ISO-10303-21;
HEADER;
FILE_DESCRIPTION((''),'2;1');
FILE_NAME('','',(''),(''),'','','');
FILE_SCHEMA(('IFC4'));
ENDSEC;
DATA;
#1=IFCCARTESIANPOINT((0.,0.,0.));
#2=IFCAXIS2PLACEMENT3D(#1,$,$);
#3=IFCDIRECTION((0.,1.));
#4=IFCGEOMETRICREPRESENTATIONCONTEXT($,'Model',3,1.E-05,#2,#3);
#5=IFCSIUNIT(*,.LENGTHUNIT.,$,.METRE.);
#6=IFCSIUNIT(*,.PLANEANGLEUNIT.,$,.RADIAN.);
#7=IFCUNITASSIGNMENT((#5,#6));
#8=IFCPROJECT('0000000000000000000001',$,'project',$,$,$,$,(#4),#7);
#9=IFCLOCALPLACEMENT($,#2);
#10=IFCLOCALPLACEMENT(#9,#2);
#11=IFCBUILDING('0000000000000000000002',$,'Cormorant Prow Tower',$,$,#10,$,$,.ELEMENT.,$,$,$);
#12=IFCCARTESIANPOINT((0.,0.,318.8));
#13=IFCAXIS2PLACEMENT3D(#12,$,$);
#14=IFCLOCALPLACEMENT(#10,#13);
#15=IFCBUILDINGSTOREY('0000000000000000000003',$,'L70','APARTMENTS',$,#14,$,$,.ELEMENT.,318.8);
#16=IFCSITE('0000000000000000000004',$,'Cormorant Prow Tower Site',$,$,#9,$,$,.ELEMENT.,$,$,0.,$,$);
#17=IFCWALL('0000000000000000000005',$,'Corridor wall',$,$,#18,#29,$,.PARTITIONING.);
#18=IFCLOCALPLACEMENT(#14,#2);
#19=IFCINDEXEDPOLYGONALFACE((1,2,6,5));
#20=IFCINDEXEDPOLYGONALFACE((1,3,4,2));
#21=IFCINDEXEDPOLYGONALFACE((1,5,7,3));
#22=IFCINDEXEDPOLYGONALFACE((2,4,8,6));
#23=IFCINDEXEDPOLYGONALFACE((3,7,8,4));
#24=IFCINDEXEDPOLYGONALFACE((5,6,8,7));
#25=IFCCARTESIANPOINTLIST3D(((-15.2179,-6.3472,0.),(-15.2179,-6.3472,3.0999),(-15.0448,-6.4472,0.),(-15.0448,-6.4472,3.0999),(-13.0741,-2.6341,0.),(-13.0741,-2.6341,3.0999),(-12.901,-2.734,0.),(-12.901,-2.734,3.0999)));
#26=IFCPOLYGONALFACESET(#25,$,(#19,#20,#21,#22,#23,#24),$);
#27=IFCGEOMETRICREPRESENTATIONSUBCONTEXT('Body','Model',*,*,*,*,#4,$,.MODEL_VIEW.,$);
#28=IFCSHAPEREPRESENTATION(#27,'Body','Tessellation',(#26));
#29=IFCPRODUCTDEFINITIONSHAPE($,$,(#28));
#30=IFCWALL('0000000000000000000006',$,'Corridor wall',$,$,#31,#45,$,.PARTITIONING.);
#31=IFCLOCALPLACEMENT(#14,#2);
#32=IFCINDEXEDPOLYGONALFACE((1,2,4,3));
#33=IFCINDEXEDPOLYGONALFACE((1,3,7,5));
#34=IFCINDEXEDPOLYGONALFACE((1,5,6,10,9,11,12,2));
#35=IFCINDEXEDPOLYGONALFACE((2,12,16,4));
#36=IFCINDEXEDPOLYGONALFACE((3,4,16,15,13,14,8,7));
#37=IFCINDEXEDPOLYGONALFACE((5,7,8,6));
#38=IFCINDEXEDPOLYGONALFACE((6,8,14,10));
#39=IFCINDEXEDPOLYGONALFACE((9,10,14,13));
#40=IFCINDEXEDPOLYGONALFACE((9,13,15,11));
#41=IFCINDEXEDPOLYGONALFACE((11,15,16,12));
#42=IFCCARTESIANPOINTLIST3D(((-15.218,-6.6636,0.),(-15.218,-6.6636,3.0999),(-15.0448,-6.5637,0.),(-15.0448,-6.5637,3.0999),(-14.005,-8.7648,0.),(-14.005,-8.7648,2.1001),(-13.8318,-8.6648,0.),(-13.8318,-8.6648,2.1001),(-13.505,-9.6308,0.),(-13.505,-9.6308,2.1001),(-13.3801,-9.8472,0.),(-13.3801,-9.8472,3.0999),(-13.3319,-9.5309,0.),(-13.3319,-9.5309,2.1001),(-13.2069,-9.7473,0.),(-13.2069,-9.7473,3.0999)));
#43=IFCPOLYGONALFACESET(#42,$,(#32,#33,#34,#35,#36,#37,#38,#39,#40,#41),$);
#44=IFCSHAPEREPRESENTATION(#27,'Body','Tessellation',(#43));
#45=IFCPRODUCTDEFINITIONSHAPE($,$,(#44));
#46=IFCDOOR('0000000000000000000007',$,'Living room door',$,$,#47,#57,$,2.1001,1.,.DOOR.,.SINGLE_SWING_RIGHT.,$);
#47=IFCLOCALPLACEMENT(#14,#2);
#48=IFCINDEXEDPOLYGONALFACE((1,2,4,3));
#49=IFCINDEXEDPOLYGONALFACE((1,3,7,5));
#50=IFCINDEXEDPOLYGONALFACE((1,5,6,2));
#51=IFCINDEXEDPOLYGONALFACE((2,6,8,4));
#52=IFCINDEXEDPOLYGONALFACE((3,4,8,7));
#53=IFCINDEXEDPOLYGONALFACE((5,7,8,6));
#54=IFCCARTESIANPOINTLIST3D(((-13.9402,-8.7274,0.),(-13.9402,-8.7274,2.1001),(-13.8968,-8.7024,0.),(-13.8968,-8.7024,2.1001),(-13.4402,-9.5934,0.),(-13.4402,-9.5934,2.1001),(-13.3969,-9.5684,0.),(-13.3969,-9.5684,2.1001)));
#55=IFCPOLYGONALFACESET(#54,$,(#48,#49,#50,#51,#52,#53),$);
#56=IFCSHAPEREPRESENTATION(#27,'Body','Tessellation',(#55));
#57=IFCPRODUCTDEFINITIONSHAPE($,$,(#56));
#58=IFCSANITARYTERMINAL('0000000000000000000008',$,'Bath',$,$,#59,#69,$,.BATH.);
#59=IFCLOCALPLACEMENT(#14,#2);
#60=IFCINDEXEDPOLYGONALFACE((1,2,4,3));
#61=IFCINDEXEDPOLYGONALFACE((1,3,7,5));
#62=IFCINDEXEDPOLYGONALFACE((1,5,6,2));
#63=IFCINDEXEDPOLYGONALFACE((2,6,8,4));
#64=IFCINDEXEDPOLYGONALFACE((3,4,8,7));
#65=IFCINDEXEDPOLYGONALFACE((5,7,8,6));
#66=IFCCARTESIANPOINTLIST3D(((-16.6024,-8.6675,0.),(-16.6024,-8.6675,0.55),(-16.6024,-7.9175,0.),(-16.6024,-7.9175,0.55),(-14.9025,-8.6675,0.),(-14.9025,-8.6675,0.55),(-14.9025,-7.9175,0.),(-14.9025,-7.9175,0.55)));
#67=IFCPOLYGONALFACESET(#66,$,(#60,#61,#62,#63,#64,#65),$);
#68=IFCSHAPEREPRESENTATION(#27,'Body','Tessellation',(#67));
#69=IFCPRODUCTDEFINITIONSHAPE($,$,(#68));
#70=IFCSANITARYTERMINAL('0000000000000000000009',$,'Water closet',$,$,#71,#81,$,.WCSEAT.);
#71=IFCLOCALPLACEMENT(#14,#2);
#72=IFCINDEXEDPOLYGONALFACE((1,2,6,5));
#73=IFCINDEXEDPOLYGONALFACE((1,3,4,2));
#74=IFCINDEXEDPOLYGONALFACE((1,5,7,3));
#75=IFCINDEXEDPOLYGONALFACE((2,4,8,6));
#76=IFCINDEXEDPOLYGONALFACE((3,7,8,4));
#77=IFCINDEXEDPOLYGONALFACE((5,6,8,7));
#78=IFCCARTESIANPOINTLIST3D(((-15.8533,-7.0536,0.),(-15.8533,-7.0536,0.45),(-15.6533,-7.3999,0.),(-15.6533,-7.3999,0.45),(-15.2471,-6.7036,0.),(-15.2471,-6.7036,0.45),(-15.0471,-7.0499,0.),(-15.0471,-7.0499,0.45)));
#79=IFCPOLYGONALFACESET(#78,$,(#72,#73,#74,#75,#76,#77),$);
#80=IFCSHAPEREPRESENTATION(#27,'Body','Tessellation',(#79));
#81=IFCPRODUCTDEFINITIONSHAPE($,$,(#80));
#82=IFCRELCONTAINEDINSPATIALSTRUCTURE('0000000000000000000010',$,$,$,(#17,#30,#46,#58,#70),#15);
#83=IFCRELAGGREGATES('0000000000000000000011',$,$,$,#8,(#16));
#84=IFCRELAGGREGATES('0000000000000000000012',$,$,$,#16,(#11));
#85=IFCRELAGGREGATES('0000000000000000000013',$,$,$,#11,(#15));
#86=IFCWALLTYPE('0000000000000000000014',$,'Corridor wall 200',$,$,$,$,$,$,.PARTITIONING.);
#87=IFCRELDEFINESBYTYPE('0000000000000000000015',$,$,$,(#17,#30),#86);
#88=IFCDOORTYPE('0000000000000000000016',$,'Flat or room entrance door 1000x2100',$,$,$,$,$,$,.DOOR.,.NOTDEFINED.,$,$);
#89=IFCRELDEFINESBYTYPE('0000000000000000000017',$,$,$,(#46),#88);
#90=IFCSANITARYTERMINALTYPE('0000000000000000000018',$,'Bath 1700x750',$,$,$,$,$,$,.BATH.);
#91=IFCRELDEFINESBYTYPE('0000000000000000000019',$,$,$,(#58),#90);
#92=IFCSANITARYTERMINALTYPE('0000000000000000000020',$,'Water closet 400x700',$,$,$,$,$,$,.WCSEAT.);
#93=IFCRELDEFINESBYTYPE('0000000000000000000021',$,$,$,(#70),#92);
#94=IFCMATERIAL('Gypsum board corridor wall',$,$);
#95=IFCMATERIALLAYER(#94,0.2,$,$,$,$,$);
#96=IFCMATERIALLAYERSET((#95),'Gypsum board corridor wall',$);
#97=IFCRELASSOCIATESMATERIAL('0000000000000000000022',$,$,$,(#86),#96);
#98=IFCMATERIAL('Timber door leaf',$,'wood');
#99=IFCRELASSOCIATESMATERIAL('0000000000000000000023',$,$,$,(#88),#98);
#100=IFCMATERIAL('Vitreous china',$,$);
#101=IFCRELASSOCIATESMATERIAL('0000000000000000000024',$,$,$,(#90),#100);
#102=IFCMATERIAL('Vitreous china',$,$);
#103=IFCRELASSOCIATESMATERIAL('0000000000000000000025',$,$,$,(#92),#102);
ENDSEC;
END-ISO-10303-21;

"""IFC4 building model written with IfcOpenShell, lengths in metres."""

from ifc_helpers import new_model, si_unit, direction, frame, frame_2d, origin, origin_2d, place, context, subcontext, project, spatial, rectangle, extrude, material, layer, layer_set, type_object, element, fill, save


model = new_model("IFC4")

# Units and contexts
model_context = context("Model", 3, precision=1e-05, world=origin(), true_north=direction((0.0, 1.0)))
body_context = subcontext(model_context, "Body", "Model", "MODEL_VIEW")
ifc_project = project(units=[si_unit("LENGTHUNIT", "METRE"), si_unit("PLANEANGLEUNIT", "RADIAN")], contexts=[model_context])

# Site, building, storey
site_placement = place(None, origin())
site = spatial("IfcSite", under=ifc_project, at=site_placement, Name="Cormorant Prow Tower Site", CompositionType="ELEMENT", RefElevation=0.0)
building_placement = place(site_placement, origin())
building = spatial("IfcBuilding", under=site, at=building_placement, Name="Cormorant Prow Tower", CompositionType="ELEMENT")
storey_placement = place(building_placement, frame((0.0, 0.0, 318.8)))
storey = spatial("IfcBuildingStorey", under=building, at=storey_placement, Name="L70", Description="APARTMENTS", CompositionType="ELEMENT", Elevation=318.8)

# Shared definitions
ifc_material_1 = material(Name="Gypsum board corridor wall")
ifc_layer_1 = layer(ifc_material_1, 0.2)
ifc_layer_set_1 = layer_set([ifc_layer_1], Name="Gypsum board corridor wall")
wall_type_1 = type_object("IfcWallType", Name="Corridor wall 200", PredefinedType="PARTITIONING", material=ifc_layer_set_1)
ifc_material_2 = material(Name="Timber door leaf", Category="wood")
door_type_1 = type_object("IfcDoorType", Name="Flat or room entrance door 1000x2100", OperationType="NOTDEFINED", PredefinedType="DOOR", material=ifc_material_2)

# Wall
wall_1_placement = place(storey_placement, frame((-15.1313, -6.3972, 0.0), z_axis=(0.0, 0.0, 1.0), x_axis=(0.500003, 0.866023, 0.0)))
element("IfcWall", 1, at=wall_1_placement, inside=storey, type_object=wall_type_1, Name="Corridor wall", PredefinedType="PARTITIONING", context=body_context, shape_type="SweptSolid", body=[
    extrude(rectangle(XDim=4.2876, YDim=0.2, at=frame_2d((2.1438, 0.0))), origin(), (0.0, 0.0, 1.0), 3.0999),
])

# Wall, opening, door
wall_2_placement = place(storey_placement, frame((-15.1313, -6.6138, 0.0), z_axis=(0.0, 0.0, 1.0), x_axis=(0.499968, -0.866044, 0.0)))
wall_2 = element("IfcWall", 2, at=wall_2_placement, inside=storey, type_object=wall_type_1, Name="Corridor wall", PredefinedType="PARTITIONING", context=body_context, shape_type="SweptSolid", body=[
    extrude(rectangle(XDim=3.676, YDim=0.2, at=frame_2d((1.8379, 0.0))), origin(), (0.0, 0.0, 1.0), 3.0999),
])
opening_1_placement = place(wall_2_placement, frame((2.426, 0.0, 0.0)))
opening_1 = element("IfcOpeningElement", 3, at=opening_1_placement, cuts=wall_2, PredefinedType="OPENING", context=body_context, shape_type="SweptSolid", body=[
    extrude(rectangle(XDim=1.0, YDim=2.1001, at=frame_2d((0.5, 1.05))), frame((0.0, 0.1099, 0.0), z_axis=(0.0, -1.0, 0.0), x_axis=(1.0, 0.0, 0.0)), (0.0, 0.0, 1.0), 0.22),
])
door_1_placement = place(opening_1_placement, origin())
door_1 = element("IfcDoor", 4, at=door_1_placement, inside=storey, type_object=door_type_1, Name="Living room door", OperationType="SINGLE_SWING_RIGHT", OverallHeight=2.1001, OverallWidth=1.0, PredefinedType="DOOR", context=body_context, shape_type="SweptSolid", body=[
    extrude(rectangle(XDim=1.0, YDim=2.1001, at=frame_2d((0.5, 1.05))), frame((0.0, 0.0249, 0.0), z_axis=(0.0, -1.0, 0.0), x_axis=(1.0, 0.0, 0.0)), (0.0, 0.0, 1.0), 0.05),
])
fill(opening_1, door_1)

# Sanitary terminals
ifc_material_3 = material(Name="Vitreous china")
sanitary_terminal_type_1 = type_object("IfcSanitaryTerminalType", Name="Bath 1700x750", PredefinedType="BATH", material=ifc_material_3)
sanitary_terminal_1_placement = place(storey_placement, frame((-15.7524, -8.2925, 0.0), z_axis=(0.0, 0.0, 1.0), x_axis=(1.0, 0.0, 0.0)))
element("IfcSanitaryTerminal", 5, at=sanitary_terminal_1_placement, inside=storey, type_object=sanitary_terminal_type_1, Name="Bath", PredefinedType="BATH", context=body_context, shape_type="SweptSolid", body=[
    extrude(rectangle(XDim=1.7, YDim=0.75, at=origin_2d()), origin(), (0.0, 0.0, 1.0), 0.55),
])
ifc_material_4 = material(Name="Vitreous china")
sanitary_terminal_type_2 = type_object("IfcSanitaryTerminalType", Name="Water closet 400x700", PredefinedType="WCSEAT", material=ifc_material_4)
sanitary_terminal_2_placement = place(storey_placement, frame((-15.4502, -7.0518, 0.0), z_axis=(0.0, 0.0, 1.0), x_axis=(0.5, -0.866025, 0.0)))
element("IfcSanitaryTerminal", 6, at=sanitary_terminal_2_placement, inside=storey, type_object=sanitary_terminal_type_2, Name="Water closet", PredefinedType="WCSEAT", context=body_context, shape_type="SweptSolid", body=[
    extrude(rectangle(XDim=0.3999, YDim=0.7, at=origin_2d()), origin(), (0.0, 0.0, 1.0), 0.45),
])

save(model, "model.ifc")
